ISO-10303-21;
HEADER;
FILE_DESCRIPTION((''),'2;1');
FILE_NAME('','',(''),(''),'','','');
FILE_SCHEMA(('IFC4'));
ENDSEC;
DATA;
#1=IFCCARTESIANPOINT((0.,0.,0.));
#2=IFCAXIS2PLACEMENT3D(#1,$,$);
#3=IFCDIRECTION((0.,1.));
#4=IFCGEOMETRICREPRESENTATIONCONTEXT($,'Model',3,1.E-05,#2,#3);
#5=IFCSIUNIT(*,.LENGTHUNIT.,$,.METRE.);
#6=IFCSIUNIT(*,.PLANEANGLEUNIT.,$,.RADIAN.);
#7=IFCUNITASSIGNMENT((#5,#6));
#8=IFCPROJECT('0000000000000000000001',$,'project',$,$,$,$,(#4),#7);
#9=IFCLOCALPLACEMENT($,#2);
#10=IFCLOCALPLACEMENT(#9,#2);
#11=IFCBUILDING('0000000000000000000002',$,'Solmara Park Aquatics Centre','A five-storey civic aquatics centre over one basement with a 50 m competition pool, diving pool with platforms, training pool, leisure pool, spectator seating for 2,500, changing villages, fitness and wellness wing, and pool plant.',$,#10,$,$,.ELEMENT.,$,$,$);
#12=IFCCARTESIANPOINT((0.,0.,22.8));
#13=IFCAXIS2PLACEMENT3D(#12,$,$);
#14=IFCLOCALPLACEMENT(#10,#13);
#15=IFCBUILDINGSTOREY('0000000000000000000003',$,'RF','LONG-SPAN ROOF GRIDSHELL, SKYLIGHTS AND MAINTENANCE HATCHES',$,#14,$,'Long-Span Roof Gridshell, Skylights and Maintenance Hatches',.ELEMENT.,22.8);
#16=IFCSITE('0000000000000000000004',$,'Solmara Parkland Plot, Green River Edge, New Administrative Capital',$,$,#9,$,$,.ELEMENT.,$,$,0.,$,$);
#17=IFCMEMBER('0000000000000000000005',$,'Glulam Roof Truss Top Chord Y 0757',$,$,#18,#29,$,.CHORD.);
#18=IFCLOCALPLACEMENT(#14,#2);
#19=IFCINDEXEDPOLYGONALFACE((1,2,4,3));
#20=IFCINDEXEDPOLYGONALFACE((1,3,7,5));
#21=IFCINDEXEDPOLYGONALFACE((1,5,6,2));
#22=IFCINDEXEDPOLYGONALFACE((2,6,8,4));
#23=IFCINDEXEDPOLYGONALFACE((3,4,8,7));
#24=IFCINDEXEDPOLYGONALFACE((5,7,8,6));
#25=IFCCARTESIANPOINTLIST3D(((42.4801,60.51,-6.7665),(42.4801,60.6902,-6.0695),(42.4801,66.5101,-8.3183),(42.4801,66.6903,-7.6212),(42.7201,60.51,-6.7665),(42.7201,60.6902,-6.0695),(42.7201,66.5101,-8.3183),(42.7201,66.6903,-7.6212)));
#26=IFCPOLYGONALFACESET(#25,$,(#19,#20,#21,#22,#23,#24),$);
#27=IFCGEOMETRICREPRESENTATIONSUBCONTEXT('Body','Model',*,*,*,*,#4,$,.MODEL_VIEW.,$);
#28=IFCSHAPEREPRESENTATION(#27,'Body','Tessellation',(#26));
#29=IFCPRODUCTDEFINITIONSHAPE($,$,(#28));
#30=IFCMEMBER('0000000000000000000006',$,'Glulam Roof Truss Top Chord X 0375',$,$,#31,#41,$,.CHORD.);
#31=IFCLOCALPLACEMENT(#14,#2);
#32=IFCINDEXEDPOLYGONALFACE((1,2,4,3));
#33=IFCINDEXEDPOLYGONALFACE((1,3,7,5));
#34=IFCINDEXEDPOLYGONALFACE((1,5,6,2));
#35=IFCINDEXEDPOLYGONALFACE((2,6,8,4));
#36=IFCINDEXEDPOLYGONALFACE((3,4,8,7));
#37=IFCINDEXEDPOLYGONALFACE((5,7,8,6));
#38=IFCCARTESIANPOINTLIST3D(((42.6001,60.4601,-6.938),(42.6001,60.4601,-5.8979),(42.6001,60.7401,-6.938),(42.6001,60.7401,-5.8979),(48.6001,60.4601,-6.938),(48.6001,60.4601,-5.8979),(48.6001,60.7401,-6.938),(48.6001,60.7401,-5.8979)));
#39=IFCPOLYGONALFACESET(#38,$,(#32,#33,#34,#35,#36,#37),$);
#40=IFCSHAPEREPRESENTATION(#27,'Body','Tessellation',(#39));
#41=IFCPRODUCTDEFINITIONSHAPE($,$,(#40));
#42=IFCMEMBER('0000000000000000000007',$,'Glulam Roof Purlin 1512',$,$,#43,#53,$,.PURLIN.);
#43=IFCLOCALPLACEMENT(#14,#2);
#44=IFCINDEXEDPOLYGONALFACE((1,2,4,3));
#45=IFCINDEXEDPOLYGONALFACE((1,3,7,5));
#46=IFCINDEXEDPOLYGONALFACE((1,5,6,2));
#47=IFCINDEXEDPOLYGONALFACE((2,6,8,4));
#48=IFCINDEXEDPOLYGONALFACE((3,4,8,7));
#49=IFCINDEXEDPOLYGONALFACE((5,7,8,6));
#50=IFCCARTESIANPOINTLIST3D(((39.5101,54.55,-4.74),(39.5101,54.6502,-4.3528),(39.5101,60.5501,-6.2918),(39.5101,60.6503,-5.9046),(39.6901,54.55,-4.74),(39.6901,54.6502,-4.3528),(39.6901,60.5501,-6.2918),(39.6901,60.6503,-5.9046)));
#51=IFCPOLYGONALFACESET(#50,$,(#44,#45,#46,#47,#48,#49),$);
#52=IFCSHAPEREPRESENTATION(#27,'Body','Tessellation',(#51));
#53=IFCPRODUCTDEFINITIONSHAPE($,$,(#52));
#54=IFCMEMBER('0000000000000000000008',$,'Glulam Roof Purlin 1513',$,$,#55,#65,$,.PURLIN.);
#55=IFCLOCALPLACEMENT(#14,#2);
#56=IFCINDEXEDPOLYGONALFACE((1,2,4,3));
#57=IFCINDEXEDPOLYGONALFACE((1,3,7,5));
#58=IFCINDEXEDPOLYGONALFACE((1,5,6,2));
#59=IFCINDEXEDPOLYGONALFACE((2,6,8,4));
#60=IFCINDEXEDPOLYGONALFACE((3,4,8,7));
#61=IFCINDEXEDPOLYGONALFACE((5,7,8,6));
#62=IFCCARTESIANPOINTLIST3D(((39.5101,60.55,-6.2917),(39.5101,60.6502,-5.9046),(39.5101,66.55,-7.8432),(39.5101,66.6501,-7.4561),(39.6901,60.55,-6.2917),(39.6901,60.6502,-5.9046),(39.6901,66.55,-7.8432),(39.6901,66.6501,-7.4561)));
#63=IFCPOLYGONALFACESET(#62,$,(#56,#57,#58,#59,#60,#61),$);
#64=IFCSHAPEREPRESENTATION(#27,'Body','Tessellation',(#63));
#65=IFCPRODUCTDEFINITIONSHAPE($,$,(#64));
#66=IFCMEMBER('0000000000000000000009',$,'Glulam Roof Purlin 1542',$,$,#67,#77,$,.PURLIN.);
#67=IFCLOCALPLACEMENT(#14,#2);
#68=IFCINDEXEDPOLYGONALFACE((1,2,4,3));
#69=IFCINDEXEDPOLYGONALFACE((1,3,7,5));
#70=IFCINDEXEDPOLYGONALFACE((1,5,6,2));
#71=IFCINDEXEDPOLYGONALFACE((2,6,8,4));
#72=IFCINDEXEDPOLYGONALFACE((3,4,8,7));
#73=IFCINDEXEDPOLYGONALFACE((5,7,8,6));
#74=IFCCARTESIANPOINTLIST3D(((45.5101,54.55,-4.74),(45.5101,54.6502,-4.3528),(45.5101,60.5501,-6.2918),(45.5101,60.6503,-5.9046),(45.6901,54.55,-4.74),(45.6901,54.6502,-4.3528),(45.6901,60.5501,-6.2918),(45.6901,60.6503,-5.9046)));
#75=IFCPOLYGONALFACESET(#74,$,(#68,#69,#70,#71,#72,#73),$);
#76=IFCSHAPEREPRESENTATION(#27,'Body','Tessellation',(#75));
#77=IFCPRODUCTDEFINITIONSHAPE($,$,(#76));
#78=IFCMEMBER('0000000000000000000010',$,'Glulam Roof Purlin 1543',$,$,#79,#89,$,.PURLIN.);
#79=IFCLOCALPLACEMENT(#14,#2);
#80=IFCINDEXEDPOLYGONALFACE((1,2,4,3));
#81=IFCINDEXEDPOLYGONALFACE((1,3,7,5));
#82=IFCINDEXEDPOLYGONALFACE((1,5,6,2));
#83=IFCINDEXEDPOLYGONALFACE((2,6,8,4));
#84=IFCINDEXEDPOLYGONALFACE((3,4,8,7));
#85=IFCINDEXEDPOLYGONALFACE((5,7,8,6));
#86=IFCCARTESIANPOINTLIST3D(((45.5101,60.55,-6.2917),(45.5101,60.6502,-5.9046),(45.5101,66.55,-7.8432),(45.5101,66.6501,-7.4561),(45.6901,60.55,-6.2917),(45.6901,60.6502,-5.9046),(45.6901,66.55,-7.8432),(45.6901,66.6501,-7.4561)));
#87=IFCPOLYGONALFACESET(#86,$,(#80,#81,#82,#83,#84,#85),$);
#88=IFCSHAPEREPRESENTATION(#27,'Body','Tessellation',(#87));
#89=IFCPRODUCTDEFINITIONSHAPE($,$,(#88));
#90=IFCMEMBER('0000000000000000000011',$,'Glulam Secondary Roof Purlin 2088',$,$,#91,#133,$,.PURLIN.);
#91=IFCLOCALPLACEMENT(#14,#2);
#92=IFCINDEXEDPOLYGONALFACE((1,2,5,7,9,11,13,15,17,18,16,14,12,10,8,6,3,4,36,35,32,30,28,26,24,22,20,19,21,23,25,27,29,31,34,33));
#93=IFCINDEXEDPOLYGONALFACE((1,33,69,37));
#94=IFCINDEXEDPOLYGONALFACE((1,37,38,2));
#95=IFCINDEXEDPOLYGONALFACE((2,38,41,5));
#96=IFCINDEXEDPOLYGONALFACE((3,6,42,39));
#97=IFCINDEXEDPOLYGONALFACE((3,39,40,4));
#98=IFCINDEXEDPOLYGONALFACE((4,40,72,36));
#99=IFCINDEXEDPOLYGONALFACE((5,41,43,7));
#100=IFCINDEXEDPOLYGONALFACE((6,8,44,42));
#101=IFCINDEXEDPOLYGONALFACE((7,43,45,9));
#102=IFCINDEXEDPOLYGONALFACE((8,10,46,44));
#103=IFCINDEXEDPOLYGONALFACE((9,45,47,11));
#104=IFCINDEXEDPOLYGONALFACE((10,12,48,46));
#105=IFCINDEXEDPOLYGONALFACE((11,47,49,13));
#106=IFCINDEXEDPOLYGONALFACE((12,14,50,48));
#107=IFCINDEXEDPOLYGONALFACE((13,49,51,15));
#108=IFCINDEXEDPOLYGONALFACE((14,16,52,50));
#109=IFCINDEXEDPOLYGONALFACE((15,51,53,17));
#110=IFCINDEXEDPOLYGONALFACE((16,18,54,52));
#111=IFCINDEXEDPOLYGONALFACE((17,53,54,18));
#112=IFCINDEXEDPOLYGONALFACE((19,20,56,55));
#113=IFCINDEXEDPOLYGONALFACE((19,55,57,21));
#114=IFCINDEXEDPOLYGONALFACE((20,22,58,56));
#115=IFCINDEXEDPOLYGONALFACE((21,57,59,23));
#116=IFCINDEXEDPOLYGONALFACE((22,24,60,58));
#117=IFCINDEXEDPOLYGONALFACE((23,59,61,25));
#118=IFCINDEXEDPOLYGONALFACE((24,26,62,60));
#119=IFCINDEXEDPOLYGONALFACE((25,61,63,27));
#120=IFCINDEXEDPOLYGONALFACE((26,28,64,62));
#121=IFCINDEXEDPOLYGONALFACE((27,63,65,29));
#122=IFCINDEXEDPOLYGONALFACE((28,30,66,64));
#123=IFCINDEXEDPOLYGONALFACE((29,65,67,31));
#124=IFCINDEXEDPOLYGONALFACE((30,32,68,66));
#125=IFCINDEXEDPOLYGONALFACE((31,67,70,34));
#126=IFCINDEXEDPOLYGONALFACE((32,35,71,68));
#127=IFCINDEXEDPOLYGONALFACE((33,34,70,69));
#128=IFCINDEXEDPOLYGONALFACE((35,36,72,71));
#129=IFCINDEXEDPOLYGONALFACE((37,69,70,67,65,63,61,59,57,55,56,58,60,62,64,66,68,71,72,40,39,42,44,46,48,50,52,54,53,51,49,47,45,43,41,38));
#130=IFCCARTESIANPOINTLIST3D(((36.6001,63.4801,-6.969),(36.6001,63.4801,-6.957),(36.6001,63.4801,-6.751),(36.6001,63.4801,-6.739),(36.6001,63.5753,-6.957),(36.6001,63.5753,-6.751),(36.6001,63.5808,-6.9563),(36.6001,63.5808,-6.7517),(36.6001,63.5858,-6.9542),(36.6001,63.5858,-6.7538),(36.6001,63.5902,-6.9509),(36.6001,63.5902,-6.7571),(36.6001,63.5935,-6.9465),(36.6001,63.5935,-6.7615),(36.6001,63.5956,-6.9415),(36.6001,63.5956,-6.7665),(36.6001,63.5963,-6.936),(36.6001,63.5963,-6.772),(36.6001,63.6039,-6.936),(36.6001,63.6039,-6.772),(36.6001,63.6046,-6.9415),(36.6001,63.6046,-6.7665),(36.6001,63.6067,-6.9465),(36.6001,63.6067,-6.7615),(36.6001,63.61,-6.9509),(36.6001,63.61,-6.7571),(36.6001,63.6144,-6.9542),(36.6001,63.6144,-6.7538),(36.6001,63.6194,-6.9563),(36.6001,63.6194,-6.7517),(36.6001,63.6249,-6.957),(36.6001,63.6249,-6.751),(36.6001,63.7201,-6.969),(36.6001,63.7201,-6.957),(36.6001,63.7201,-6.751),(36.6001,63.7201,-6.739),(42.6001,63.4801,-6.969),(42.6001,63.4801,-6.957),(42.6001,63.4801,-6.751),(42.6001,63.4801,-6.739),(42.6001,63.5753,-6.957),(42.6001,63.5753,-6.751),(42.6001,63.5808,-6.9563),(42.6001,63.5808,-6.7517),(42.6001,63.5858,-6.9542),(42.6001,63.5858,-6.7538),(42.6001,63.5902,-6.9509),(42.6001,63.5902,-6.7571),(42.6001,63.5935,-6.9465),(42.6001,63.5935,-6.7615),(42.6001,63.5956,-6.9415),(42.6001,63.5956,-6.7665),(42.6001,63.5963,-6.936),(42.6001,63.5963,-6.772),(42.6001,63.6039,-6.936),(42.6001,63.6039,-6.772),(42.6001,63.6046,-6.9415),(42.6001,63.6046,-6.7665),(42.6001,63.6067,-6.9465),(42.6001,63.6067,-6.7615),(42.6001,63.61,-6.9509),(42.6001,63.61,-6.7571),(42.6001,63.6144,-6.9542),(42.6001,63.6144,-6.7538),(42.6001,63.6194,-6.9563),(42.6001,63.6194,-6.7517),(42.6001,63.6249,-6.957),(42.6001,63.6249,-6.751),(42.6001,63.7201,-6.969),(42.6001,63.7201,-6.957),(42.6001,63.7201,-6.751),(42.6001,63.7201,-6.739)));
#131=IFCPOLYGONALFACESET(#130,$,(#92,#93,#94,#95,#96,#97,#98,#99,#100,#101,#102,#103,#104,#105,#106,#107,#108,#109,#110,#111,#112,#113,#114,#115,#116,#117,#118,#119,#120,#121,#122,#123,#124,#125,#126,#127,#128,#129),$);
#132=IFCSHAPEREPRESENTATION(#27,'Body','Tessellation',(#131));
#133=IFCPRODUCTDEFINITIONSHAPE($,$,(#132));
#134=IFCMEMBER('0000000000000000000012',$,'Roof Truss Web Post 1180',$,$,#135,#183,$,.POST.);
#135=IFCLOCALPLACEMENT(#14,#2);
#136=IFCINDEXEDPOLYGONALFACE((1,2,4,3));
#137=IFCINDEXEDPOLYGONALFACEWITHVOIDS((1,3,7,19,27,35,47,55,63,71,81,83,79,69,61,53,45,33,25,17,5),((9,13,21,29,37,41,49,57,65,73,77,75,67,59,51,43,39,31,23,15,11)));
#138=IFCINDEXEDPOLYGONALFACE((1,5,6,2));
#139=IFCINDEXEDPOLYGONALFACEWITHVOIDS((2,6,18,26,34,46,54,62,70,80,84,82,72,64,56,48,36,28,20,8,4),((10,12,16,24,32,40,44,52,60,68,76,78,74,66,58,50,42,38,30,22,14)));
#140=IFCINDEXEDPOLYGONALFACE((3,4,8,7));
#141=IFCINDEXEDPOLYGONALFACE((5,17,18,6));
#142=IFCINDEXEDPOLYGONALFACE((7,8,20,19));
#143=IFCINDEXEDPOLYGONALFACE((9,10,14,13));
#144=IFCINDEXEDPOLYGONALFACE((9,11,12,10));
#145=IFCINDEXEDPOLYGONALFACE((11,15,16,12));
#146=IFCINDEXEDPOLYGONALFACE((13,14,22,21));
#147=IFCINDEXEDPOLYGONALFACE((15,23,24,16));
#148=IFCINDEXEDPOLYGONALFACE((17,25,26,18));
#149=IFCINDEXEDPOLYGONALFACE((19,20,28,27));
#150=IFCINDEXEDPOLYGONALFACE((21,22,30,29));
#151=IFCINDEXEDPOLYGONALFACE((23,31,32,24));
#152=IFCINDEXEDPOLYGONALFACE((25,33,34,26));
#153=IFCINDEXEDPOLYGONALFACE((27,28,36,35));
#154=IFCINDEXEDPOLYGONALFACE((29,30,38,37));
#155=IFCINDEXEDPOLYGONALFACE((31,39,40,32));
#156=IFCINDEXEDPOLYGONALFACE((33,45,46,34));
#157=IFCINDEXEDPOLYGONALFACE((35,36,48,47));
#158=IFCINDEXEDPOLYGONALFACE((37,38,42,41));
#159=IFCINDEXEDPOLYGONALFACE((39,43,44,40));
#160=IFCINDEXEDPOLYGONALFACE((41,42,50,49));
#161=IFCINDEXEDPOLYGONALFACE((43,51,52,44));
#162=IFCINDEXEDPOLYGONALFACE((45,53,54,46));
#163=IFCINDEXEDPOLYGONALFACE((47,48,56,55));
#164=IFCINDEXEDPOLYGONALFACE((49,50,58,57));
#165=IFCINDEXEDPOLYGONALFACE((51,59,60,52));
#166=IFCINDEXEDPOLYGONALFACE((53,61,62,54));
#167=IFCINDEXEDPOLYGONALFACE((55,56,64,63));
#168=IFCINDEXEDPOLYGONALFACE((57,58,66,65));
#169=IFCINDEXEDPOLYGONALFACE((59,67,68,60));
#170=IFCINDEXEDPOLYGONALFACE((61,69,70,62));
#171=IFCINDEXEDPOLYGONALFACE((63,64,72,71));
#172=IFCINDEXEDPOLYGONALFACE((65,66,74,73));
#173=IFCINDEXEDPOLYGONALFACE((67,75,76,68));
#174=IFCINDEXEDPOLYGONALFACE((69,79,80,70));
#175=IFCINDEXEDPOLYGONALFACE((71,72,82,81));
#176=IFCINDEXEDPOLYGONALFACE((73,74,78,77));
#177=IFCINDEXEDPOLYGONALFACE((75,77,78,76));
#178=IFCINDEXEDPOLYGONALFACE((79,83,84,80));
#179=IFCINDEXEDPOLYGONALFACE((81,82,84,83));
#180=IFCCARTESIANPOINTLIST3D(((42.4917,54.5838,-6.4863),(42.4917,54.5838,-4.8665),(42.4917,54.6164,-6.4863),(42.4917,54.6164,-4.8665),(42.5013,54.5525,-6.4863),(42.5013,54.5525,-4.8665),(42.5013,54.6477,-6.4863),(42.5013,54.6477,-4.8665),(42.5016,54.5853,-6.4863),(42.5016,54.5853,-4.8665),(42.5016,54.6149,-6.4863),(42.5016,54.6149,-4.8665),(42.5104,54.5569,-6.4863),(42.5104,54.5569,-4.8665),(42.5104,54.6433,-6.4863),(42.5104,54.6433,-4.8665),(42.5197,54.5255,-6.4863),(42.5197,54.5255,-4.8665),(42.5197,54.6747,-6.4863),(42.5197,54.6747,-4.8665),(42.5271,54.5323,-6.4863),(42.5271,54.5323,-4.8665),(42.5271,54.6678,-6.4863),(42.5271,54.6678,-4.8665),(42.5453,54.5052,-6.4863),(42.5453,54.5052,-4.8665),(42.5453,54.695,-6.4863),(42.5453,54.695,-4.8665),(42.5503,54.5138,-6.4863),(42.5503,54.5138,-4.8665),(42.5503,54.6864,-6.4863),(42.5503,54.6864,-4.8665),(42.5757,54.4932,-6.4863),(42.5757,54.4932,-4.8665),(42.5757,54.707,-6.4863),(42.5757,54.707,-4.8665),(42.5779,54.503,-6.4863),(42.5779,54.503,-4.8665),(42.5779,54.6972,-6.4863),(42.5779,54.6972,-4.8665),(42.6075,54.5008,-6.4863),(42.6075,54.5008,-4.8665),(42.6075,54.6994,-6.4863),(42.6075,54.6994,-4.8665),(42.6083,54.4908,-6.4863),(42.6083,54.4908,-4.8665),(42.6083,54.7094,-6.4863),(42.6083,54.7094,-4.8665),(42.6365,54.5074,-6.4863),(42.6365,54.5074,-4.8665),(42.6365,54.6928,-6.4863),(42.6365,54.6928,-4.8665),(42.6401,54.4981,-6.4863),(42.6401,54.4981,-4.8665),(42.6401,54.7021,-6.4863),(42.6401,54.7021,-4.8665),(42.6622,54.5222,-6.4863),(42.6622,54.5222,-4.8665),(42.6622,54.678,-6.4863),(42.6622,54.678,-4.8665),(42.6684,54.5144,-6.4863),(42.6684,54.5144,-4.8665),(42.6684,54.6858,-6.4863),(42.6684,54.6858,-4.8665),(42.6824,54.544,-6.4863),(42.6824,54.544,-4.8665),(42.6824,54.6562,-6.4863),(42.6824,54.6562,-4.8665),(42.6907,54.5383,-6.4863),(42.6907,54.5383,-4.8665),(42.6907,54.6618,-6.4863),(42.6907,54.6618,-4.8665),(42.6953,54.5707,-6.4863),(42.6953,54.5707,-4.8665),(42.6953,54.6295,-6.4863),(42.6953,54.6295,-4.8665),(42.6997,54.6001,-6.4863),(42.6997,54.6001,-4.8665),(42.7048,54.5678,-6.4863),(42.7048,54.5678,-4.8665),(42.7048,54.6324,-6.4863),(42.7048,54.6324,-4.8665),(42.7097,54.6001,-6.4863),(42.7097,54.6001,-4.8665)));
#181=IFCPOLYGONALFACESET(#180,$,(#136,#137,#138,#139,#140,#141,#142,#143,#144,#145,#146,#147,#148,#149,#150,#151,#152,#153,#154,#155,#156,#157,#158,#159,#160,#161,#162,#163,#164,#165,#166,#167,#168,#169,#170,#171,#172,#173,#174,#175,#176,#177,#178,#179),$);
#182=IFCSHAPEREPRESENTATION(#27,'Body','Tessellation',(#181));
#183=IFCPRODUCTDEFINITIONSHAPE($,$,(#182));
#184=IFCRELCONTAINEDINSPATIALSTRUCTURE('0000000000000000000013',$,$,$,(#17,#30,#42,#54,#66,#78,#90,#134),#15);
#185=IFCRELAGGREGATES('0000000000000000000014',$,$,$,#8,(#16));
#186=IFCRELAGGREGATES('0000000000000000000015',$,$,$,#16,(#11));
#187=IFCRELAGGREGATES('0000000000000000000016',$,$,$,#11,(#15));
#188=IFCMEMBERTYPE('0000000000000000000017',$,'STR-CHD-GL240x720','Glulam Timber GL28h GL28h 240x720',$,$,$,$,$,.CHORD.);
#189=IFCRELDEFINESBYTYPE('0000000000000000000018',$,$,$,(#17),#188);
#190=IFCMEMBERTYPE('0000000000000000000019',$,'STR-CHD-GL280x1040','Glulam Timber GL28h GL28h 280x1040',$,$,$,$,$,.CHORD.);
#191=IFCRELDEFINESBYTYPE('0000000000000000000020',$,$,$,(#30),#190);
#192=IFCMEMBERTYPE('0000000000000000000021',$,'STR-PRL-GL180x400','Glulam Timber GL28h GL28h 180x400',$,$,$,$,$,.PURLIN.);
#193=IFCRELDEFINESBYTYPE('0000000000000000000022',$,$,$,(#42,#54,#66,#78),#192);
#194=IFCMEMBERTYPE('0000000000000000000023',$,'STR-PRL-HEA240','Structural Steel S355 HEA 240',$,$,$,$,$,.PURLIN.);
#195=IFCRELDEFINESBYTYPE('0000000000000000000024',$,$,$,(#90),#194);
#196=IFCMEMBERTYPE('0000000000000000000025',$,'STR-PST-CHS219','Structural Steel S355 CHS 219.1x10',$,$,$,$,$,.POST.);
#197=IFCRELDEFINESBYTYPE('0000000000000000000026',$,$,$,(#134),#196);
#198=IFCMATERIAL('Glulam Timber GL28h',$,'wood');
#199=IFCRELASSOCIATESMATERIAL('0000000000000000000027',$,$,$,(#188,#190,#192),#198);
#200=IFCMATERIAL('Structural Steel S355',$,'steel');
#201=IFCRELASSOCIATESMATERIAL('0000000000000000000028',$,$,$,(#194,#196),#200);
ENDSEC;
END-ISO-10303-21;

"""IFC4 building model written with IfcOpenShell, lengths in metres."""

from ifc_helpers import new_model, si_unit, direction, frame, origin, origin_2d, place, context, subcontext, project, spatial, rectangle, hollow_circle, i_section, extrude, material, material_profile, profile_set, type_object, element, save


model = new_model("IFC4")

# Units and contexts
model_context = context("Model", 3, precision=1e-05, world=origin(), true_north=direction((0.0, 1.0)))
body_context = subcontext(model_context, "Body", "Model", "MODEL_VIEW")
ifc_project = project(units=[si_unit("LENGTHUNIT", "METRE"), si_unit("PLANEANGLEUNIT", "RADIAN")], contexts=[model_context])

# Site, building, storey
site_placement = place(None, origin())
site = spatial("IfcSite", under=ifc_project, at=site_placement, Name="Solmara Parkland Plot, Green River Edge, New Administrative Capital", CompositionType="ELEMENT", RefElevation=0.0)
building_placement = place(site_placement, origin())
building = spatial("IfcBuilding", under=site, at=building_placement, Name="Solmara Park Aquatics Centre", Description="A five-storey civic aquatics centre over one basement with a 50 m competition pool, diving pool with platforms, training pool, leisure pool, spectator seating for 2,500, changing villages, fitness and wellness wing, and pool plant.", CompositionType="ELEMENT")
storey_placement = place(building_placement, frame((0.0, 0.0, 22.8)))
storey = spatial("IfcBuildingStorey", under=building, at=storey_placement, Name="RF", Description="LONG-SPAN ROOF GRIDSHELL, SKYLIGHTS AND MAINTENANCE HATCHES", LongName="Long-Span Roof Gridshell, Skylights and Maintenance Hatches", CompositionType="ELEMENT", Elevation=22.8)

# Members
ifc_material_1 = material(Name="Structural Steel S355", Category="steel")
ifc_material_2 = material(Name="Glulam Timber GL28h", Category="wood")
ifc_material_profile_1 = material_profile(ifc_material_2, rectangle(XDim=0.24, YDim=0.72, at=origin_2d()), Name="GL28h 240x720")
ifc_profile_set_1 = profile_set([ifc_material_profile_1], Name="Glulam Timber GL28h")
member_type_1 = type_object("IfcMemberType", Name="STR-CHD-GL240x720", Description="Glulam Timber GL28h GL28h 240x720", PredefinedType="CHORD", material=ifc_profile_set_1)
member_1_placement = place(storey_placement, frame((42.6001, 60.6001, -6.418), z_axis=(0.0, 0.968146, -0.250388), x_axis=(-1.0, 0.0, 0.0)))
element("IfcMember", 1, at=member_1_placement, inside=storey, type_object=member_type_1, Name="Glulam Roof Truss Top Chord Y 0757", PredefinedType="CHORD", context=body_context, shape_type="SweptSolid", body=[
    extrude(rectangle(XDim=0.24, YDim=0.72, at=origin_2d()), origin(), (0.0, 0.0, 1.0), 6.1975),
])
ifc_material_profile_2 = material_profile(ifc_material_2, rectangle(XDim=0.28, YDim=1.04, at=origin_2d()), Name="GL28h 280x1040")
ifc_profile_set_2 = profile_set([ifc_material_profile_2], Name="Glulam Timber GL28h")
member_type_2 = type_object("IfcMemberType", Name="STR-CHD-GL280x1040", Description="Glulam Timber GL28h GL28h 280x1040", PredefinedType="CHORD", material=ifc_profile_set_2)
member_2_placement = place(storey_placement, frame((42.6001, 60.6001, -6.418), z_axis=(1.0, 0.0, 0.0), x_axis=(0.0, 1.0, 0.0)))
element("IfcMember", 2, at=member_2_placement, inside=storey, type_object=member_type_2, Name="Glulam Roof Truss Top Chord X 0375", PredefinedType="CHORD", context=body_context, shape_type="SweptSolid", body=[
    extrude(rectangle(XDim=0.28, YDim=1.04, at=origin_2d()), origin(), (0.0, 0.0, 1.0), 6.0),
])
ifc_material_profile_3 = material_profile(ifc_material_2, rectangle(XDim=0.1799, YDim=0.3999, at=origin_2d()), Name="GL28h 180x400")
ifc_profile_set_3 = profile_set([ifc_material_profile_3], Name="Glulam Timber GL28h")
member_type_3 = type_object("IfcMemberType", Name="STR-PRL-GL180x400", Description="Glulam Timber GL28h GL28h 180x400", PredefinedType="PURLIN", material=ifc_profile_set_3)
member_3_placement = place(storey_placement, frame((39.6001, 54.6001, -4.5464), z_axis=(0.0, 0.968146, -0.250388), x_axis=(-1.0, 0.0, 0.0)))
element("IfcMember", 3, at=member_3_placement, inside=storey, type_object=member_type_3, Name="Glulam Roof Purlin 1512", PredefinedType="PURLIN", context=body_context, shape_type="SweptSolid", body=[
    extrude(rectangle(XDim=0.1799, YDim=0.3999, at=origin_2d()), origin(), (0.0, 0.0, 1.0), 6.1975),
])
member_4_placement = place(storey_placement, frame((39.6001, 60.6001, -6.0981), z_axis=(0.0, 0.968155, -0.250351), x_axis=(-1.0, 0.0, 0.0)))
element("IfcMember", 4, at=member_4_placement, inside=storey, type_object=member_type_3, Name="Glulam Roof Purlin 1513", PredefinedType="PURLIN", context=body_context, shape_type="SweptSolid", body=[
    extrude(rectangle(XDim=0.1799, YDim=0.3999, at=origin_2d()), origin(), (0.0, 0.0, 1.0), 6.1973),
])
member_5_placement = place(storey_placement, frame((45.6001, 54.6001, -4.5464), z_axis=(0.0, 0.968146, -0.250388), x_axis=(-1.0, 0.0, 0.0)))
element("IfcMember", 5, at=member_5_placement, inside=storey, type_object=member_type_3, Name="Glulam Roof Purlin 1542", PredefinedType="PURLIN", context=body_context, shape_type="SweptSolid", body=[
    extrude(rectangle(XDim=0.1799, YDim=0.3999, at=origin_2d()), origin(), (0.0, 0.0, 1.0), 6.1975),
])
member_6_placement = place(storey_placement, frame((45.6001, 60.6001, -6.0981), z_axis=(0.0, 0.968155, -0.250351), x_axis=(-1.0, 0.0, 0.0)))
element("IfcMember", 6, at=member_6_placement, inside=storey, type_object=member_type_3, Name="Glulam Roof Purlin 1543", PredefinedType="PURLIN", context=body_context, shape_type="SweptSolid", body=[
    extrude(rectangle(XDim=0.1799, YDim=0.3999, at=origin_2d()), origin(), (0.0, 0.0, 1.0), 6.1973),
])
ifc_material_profile_4 = material_profile(ifc_material_1, i_section(OverallWidth=0.24, OverallDepth=0.23, WebThickness=0.0076, FlangeThickness=0.012, FilletRadius=0.021, at=origin_2d()), Name="HEA 240")
ifc_profile_set_4 = profile_set([ifc_material_profile_4], Name="Structural Steel S355")
member_type_4 = type_object("IfcMemberType", Name="STR-PRL-HEA240", Description="Structural Steel S355 HEA 240", PredefinedType="PURLIN", material=ifc_profile_set_4)
member_7_placement = place(storey_placement, frame((36.6001, 63.6001, -6.854), z_axis=(1.0, 0.0, 0.0), x_axis=(0.0, 1.0, 0.0)))
element("IfcMember", 7, at=member_7_placement, inside=storey, type_object=member_type_4, Name="Glulam Secondary Roof Purlin 2088", PredefinedType="PURLIN", context=body_context, shape_type="SweptSolid", body=[
    extrude(i_section(OverallWidth=0.24, OverallDepth=0.23, WebThickness=0.0076, FlangeThickness=0.012, FilletRadius=0.021, at=origin_2d()), origin(), (0.0, 0.0, 1.0), 6.0),
])
ifc_material_profile_5 = material_profile(ifc_material_1, hollow_circle(Radius=0.1096, WallThickness=0.01, at=origin_2d()), Name="CHS 219.1x10")
ifc_profile_set_5 = profile_set([ifc_material_profile_5], Name="Structural Steel S355")
member_type_5 = type_object("IfcMemberType", Name="STR-PST-CHS219", Description="Structural Steel S355 CHS 219.1x10", PredefinedType="POST", material=ifc_profile_set_5)
member_8_placement = place(storey_placement, frame((42.6001, 54.6001, -6.4863), z_axis=(0.0, 0.0, 1.0), x_axis=(1.0, 0.0, 0.0)))
element("IfcMember", 8, at=member_8_placement, inside=storey, type_object=member_type_5, Name="Roof Truss Web Post 1180", PredefinedType="POST", context=body_context, shape_type="SweptSolid", body=[
    extrude(hollow_circle(Radius=0.1096, WallThickness=0.01, at=origin_2d()), origin(), (0.0, 0.0, 1.0), 1.6199),
])

save(model, "model.ifc")
